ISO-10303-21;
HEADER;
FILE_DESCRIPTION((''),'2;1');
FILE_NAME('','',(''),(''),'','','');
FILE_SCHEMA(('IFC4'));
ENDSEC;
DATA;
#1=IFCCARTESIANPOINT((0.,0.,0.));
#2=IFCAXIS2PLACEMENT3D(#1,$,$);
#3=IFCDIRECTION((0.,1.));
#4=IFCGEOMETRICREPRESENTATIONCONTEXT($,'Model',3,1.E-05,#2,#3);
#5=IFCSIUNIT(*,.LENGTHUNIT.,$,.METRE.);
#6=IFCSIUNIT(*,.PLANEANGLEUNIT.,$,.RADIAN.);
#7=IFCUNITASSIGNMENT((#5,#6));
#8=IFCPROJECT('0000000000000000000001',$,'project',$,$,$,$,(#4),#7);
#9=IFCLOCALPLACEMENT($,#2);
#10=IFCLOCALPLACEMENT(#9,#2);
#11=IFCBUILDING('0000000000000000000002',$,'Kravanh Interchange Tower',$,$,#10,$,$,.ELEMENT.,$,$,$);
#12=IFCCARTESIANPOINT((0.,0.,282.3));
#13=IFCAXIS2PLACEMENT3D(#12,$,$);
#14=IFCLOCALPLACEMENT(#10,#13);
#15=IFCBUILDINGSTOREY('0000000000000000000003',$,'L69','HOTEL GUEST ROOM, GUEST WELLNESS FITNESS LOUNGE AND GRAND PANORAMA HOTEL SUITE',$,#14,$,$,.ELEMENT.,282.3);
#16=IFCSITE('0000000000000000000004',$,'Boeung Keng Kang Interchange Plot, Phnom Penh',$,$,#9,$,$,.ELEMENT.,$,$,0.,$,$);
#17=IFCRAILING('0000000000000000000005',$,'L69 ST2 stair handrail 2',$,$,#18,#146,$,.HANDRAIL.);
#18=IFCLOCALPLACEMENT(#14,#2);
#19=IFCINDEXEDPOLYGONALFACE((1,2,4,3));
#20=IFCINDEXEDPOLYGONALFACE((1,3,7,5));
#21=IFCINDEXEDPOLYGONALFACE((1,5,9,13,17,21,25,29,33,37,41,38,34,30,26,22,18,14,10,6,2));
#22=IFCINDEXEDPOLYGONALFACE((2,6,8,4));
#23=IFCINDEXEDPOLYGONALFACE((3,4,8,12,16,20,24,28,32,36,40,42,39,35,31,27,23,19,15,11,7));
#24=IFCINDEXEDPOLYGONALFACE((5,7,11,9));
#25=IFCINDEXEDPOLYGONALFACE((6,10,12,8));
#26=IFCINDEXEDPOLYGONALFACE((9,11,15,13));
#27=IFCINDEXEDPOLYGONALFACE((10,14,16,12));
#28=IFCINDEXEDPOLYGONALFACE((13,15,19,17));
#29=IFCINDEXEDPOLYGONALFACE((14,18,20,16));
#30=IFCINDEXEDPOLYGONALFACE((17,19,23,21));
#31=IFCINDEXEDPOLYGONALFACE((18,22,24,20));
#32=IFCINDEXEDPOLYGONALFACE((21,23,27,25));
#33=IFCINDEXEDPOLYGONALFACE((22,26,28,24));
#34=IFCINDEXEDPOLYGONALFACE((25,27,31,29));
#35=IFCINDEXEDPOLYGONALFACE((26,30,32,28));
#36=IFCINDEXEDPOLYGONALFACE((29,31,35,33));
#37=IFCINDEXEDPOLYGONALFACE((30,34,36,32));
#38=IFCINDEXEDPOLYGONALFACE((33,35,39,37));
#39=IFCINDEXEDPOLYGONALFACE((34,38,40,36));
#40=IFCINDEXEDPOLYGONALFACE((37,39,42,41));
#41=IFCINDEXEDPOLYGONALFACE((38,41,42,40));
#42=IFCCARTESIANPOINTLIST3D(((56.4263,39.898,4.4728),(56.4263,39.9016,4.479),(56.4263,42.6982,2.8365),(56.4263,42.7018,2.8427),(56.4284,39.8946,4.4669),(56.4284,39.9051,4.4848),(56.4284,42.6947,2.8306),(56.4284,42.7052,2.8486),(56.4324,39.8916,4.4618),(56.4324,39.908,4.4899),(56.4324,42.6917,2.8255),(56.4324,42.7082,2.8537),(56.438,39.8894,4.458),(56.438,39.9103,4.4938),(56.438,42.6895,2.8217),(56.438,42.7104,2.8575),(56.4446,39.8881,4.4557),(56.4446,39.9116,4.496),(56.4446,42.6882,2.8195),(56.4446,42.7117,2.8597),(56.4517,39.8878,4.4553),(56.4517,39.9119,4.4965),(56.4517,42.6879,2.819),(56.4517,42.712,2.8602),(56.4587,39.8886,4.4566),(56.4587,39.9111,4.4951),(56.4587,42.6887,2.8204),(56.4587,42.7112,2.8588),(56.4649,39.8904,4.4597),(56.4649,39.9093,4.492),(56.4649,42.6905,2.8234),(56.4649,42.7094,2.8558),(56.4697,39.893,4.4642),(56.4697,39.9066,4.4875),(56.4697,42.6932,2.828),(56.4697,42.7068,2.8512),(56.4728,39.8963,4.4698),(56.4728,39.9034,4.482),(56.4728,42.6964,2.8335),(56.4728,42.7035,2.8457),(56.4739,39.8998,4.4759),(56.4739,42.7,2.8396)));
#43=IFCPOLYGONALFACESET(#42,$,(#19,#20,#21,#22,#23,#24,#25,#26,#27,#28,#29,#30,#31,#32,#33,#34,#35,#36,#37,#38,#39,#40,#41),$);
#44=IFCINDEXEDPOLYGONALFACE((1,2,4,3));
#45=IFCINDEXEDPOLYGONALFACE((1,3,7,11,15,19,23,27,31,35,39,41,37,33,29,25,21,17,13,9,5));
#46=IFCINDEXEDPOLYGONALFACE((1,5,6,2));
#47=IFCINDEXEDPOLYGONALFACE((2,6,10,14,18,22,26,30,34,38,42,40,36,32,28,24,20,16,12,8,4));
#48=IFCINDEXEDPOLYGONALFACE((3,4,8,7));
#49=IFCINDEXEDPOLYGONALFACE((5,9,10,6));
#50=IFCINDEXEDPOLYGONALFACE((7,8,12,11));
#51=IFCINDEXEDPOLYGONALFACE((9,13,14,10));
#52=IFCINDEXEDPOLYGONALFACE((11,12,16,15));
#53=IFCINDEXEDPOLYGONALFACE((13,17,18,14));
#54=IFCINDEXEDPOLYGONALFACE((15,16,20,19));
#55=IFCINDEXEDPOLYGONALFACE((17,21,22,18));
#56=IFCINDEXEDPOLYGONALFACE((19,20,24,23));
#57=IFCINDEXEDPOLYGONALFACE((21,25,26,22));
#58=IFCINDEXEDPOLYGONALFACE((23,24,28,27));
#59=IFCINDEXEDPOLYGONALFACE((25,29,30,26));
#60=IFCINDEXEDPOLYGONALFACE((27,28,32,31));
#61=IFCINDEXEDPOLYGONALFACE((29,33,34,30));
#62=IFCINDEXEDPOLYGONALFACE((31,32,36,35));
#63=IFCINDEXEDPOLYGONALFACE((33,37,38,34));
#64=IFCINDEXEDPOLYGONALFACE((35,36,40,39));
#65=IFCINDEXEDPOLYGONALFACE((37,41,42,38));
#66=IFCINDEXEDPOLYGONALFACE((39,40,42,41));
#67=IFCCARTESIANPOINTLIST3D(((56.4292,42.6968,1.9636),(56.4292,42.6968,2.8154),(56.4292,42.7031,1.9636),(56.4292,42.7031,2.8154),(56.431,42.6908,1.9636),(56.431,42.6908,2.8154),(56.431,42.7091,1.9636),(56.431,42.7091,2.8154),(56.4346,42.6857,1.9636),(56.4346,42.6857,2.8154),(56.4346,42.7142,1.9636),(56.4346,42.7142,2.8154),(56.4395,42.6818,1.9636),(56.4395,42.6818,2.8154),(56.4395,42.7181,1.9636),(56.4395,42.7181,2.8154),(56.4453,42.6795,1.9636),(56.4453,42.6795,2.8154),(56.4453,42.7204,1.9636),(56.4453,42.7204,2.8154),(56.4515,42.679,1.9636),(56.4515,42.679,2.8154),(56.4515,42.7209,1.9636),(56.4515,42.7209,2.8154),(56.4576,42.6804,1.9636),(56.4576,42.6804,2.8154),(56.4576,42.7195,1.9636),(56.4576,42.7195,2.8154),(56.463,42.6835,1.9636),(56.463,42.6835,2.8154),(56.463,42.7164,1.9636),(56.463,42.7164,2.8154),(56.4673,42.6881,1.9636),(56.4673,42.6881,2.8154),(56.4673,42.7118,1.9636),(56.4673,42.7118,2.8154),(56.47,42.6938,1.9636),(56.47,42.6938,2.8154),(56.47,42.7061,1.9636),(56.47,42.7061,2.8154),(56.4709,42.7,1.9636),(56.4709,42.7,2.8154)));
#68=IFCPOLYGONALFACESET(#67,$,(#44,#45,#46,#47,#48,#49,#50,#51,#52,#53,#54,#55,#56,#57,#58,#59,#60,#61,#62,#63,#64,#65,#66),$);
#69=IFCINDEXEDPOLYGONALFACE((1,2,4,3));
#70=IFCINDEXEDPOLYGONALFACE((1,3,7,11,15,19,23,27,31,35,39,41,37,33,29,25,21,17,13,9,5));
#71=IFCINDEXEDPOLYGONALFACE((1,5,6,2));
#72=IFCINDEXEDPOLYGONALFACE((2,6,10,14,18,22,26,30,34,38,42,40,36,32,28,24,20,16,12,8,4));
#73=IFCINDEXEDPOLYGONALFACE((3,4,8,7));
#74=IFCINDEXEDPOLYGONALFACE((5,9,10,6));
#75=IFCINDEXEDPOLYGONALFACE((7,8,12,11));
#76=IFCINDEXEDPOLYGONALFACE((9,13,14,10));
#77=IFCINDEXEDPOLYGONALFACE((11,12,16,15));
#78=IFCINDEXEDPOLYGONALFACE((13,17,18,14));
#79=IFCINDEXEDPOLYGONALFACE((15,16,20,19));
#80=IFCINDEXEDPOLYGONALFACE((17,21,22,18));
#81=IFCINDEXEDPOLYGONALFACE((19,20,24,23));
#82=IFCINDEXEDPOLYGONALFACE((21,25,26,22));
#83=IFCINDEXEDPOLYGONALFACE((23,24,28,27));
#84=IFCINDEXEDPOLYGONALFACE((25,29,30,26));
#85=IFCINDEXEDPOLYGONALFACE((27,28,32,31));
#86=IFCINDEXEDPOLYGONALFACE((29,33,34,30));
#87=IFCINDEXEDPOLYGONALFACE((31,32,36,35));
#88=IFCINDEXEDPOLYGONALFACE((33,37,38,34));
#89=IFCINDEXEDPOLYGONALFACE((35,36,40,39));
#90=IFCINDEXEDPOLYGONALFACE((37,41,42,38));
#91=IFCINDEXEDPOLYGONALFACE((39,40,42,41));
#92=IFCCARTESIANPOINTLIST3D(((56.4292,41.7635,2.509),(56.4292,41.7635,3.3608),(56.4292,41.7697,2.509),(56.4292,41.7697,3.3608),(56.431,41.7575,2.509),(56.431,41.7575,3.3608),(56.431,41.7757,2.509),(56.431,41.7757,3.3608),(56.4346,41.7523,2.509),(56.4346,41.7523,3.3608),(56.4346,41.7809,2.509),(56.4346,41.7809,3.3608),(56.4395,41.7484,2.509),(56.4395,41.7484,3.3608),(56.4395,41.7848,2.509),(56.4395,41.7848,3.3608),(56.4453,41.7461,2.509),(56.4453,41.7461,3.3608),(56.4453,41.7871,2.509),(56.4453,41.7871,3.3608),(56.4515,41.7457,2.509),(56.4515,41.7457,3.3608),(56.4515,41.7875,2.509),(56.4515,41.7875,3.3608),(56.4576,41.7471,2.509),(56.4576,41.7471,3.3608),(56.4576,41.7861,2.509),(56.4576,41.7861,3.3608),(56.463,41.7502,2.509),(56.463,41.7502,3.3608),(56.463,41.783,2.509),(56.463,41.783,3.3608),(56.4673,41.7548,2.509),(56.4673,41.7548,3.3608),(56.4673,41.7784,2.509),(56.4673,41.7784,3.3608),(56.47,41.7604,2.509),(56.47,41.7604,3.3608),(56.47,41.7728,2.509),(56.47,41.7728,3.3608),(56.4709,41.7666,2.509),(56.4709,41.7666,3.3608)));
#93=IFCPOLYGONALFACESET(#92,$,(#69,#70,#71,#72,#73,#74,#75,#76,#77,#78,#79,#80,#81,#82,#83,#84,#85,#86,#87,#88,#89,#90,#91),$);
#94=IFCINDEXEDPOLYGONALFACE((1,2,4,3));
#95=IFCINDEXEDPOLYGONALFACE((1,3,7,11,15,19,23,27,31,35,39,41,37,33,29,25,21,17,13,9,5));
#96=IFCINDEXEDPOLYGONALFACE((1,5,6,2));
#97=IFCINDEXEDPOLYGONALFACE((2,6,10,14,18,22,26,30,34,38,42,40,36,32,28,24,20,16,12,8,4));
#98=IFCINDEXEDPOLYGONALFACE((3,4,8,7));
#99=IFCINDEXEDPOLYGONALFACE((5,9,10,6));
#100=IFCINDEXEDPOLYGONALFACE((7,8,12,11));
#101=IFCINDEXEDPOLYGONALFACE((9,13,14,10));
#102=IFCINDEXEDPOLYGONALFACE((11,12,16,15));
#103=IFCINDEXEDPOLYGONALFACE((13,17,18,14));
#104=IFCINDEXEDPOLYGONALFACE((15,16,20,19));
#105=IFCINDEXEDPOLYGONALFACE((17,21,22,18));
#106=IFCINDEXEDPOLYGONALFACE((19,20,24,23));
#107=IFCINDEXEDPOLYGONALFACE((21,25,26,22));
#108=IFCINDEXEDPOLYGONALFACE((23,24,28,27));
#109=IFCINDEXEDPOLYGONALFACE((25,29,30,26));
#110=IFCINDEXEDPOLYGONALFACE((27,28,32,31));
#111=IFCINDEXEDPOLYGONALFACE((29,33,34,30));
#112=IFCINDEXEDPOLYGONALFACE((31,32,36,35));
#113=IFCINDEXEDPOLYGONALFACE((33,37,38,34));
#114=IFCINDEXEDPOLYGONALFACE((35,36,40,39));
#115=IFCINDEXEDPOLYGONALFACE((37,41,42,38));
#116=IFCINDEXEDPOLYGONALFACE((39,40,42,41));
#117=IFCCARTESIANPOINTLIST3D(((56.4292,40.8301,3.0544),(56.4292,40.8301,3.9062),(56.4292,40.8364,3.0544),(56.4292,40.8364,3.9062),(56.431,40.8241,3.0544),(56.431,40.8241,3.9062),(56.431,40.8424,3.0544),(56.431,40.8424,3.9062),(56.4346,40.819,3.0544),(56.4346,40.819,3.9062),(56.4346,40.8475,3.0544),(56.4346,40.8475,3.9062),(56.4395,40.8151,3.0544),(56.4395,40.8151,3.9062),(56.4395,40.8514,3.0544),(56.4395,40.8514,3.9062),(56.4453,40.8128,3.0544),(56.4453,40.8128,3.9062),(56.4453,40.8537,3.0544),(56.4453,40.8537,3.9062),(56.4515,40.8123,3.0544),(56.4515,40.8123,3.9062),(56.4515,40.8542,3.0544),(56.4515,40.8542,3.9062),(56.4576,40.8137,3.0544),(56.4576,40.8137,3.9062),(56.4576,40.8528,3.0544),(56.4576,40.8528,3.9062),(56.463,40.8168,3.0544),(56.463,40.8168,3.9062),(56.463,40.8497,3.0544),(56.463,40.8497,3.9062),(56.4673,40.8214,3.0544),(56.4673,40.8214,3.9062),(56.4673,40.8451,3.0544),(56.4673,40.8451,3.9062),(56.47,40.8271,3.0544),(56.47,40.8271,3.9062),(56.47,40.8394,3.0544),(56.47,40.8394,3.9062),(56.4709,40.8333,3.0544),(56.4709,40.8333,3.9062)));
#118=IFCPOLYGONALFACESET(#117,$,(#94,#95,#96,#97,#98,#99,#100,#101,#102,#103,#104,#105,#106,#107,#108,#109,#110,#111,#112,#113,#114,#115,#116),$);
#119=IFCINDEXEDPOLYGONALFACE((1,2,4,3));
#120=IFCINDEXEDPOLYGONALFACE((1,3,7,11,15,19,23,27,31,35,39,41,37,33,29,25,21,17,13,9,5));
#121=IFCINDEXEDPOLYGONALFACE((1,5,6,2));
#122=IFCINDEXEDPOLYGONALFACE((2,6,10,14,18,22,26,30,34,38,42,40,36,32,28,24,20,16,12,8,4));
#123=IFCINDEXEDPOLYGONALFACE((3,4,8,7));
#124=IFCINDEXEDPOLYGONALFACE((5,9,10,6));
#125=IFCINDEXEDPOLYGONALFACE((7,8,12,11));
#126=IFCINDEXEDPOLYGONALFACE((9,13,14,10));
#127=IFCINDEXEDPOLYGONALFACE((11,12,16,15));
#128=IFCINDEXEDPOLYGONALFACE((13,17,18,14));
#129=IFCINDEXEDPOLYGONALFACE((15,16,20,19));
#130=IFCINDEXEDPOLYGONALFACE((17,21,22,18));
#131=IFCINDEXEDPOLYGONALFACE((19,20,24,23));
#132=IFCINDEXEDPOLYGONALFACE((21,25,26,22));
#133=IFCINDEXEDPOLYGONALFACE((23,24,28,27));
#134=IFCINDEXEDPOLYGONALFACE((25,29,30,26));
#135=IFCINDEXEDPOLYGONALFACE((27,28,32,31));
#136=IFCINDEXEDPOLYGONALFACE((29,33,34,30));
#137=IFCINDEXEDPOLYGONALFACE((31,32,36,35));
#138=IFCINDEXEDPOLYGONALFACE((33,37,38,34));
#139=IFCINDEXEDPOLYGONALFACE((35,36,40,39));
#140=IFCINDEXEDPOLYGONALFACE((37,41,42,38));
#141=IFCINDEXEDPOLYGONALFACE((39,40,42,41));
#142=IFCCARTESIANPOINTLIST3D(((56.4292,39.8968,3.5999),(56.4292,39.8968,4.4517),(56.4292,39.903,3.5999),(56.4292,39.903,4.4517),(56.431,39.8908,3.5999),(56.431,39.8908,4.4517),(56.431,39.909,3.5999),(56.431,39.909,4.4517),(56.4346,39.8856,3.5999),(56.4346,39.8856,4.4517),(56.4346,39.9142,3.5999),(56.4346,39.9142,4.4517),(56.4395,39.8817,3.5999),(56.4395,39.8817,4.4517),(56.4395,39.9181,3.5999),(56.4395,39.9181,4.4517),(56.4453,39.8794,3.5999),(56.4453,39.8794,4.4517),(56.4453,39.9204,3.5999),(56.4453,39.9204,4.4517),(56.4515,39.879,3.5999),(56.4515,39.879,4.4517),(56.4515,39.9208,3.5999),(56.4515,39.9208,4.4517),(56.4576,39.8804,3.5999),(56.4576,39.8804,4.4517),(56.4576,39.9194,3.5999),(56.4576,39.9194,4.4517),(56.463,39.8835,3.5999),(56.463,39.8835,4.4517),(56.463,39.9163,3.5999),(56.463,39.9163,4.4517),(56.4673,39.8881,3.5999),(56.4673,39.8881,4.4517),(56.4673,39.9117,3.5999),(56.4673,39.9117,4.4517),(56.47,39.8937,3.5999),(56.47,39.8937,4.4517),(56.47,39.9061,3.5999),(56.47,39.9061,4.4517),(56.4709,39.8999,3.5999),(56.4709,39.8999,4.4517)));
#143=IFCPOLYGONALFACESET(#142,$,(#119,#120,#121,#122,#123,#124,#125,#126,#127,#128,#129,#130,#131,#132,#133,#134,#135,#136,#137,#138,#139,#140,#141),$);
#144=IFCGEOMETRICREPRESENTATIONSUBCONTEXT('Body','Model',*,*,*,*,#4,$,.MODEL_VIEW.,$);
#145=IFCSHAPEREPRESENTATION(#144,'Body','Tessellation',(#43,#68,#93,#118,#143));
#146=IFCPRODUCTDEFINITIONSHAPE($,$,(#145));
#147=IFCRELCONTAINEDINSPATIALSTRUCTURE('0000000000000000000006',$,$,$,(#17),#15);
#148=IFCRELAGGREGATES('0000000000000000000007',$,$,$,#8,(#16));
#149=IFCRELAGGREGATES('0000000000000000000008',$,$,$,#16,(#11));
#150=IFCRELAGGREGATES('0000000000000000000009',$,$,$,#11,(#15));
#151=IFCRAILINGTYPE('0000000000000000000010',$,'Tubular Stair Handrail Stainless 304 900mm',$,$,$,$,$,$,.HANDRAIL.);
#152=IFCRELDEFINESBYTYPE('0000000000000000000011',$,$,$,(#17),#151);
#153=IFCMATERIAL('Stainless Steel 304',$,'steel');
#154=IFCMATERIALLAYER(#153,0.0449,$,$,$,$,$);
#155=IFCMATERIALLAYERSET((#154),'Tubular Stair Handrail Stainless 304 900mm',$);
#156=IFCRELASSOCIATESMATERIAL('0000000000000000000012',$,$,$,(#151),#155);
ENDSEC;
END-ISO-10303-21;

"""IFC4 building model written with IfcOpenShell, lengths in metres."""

from ifc_helpers import new_model, si_unit, direction, frame, origin, origin_2d, place, context, subcontext, project, spatial, circle, extrude, material, layer, layer_set, type_object, element, save


model = new_model("IFC4")

# Units and contexts
model_context = context("Model", 3, precision=1e-05, world=origin(), true_north=direction((0.0, 1.0)))
body_context = subcontext(model_context, "Body", "Model", "MODEL_VIEW")
ifc_project = project(units=[si_unit("LENGTHUNIT", "METRE"), si_unit("PLANEANGLEUNIT", "RADIAN")], contexts=[model_context])

# Site, building, storey
site_placement = place(None, origin())
site = spatial("IfcSite", under=ifc_project, at=site_placement, Name="Boeung Keng Kang Interchange Plot, Phnom Penh", CompositionType="ELEMENT", RefElevation=0.0)
building_placement = place(site_placement, origin())
building = spatial("IfcBuilding", under=site, at=building_placement, Name="Kravanh Interchange Tower", CompositionType="ELEMENT")
storey_placement = place(building_placement, frame((0.0, 0.0, 282.3)))
storey = spatial("IfcBuildingStorey", under=building, at=storey_placement, Name="L69", Description="HOTEL GUEST ROOM, GUEST WELLNESS FITNESS LOUNGE AND GRAND PANORAMA HOTEL SUITE", CompositionType="ELEMENT", Elevation=282.3)

# Railing
ifc_material_1 = material(Name="Stainless Steel 304", Category="steel")
ifc_layer_1 = layer(ifc_material_1, 0.0449)
ifc_layer_set_1 = layer_set([ifc_layer_1], Name="Tubular Stair Handrail Stainless 304 900mm")
railing_type_1 = type_object("IfcRailingType", Name="Tubular Stair Handrail Stainless 304 900mm", PredefinedType="HANDRAIL", material=ifc_layer_set_1)
railing_1_placement = place(storey_placement, frame((56.45, 42.7, 1.9636)))
element("IfcRailing", 1, at=railing_1_placement, inside=storey, type_object=railing_type_1, Name="L69 ST2 stair handrail 2", PredefinedType="HANDRAIL", context=body_context, shape_type="SweptSolid", body=[
    extrude(circle(Radius=0.0239, at=origin_2d()), frame((0.0, 0.0, 0.876), z_axis=(0.0, -0.863394, 0.504531), x_axis=(1.0, 0.0, 0.0)), (0.0, 0.0, 1.0), 3.2432),
    extrude(circle(Radius=0.021, at=origin_2d()), origin(), (0.0, 0.0, 1.0), 0.8518),
    extrude(circle(Radius=0.021, at=origin_2d()), frame((0.0, -0.9333, 0.5454)), (0.0, 0.0, 1.0), 0.8518),
    extrude(circle(Radius=0.021, at=origin_2d()), frame((0.0, -1.8667, 1.0908)), (0.0, 0.0, 1.0), 0.8518),
    extrude(circle(Radius=0.021, at=origin_2d()), frame((0.0, -2.8, 1.6362)), (0.0, 0.0, 1.0), 0.8518),
])

save(model, "model.ifc")
